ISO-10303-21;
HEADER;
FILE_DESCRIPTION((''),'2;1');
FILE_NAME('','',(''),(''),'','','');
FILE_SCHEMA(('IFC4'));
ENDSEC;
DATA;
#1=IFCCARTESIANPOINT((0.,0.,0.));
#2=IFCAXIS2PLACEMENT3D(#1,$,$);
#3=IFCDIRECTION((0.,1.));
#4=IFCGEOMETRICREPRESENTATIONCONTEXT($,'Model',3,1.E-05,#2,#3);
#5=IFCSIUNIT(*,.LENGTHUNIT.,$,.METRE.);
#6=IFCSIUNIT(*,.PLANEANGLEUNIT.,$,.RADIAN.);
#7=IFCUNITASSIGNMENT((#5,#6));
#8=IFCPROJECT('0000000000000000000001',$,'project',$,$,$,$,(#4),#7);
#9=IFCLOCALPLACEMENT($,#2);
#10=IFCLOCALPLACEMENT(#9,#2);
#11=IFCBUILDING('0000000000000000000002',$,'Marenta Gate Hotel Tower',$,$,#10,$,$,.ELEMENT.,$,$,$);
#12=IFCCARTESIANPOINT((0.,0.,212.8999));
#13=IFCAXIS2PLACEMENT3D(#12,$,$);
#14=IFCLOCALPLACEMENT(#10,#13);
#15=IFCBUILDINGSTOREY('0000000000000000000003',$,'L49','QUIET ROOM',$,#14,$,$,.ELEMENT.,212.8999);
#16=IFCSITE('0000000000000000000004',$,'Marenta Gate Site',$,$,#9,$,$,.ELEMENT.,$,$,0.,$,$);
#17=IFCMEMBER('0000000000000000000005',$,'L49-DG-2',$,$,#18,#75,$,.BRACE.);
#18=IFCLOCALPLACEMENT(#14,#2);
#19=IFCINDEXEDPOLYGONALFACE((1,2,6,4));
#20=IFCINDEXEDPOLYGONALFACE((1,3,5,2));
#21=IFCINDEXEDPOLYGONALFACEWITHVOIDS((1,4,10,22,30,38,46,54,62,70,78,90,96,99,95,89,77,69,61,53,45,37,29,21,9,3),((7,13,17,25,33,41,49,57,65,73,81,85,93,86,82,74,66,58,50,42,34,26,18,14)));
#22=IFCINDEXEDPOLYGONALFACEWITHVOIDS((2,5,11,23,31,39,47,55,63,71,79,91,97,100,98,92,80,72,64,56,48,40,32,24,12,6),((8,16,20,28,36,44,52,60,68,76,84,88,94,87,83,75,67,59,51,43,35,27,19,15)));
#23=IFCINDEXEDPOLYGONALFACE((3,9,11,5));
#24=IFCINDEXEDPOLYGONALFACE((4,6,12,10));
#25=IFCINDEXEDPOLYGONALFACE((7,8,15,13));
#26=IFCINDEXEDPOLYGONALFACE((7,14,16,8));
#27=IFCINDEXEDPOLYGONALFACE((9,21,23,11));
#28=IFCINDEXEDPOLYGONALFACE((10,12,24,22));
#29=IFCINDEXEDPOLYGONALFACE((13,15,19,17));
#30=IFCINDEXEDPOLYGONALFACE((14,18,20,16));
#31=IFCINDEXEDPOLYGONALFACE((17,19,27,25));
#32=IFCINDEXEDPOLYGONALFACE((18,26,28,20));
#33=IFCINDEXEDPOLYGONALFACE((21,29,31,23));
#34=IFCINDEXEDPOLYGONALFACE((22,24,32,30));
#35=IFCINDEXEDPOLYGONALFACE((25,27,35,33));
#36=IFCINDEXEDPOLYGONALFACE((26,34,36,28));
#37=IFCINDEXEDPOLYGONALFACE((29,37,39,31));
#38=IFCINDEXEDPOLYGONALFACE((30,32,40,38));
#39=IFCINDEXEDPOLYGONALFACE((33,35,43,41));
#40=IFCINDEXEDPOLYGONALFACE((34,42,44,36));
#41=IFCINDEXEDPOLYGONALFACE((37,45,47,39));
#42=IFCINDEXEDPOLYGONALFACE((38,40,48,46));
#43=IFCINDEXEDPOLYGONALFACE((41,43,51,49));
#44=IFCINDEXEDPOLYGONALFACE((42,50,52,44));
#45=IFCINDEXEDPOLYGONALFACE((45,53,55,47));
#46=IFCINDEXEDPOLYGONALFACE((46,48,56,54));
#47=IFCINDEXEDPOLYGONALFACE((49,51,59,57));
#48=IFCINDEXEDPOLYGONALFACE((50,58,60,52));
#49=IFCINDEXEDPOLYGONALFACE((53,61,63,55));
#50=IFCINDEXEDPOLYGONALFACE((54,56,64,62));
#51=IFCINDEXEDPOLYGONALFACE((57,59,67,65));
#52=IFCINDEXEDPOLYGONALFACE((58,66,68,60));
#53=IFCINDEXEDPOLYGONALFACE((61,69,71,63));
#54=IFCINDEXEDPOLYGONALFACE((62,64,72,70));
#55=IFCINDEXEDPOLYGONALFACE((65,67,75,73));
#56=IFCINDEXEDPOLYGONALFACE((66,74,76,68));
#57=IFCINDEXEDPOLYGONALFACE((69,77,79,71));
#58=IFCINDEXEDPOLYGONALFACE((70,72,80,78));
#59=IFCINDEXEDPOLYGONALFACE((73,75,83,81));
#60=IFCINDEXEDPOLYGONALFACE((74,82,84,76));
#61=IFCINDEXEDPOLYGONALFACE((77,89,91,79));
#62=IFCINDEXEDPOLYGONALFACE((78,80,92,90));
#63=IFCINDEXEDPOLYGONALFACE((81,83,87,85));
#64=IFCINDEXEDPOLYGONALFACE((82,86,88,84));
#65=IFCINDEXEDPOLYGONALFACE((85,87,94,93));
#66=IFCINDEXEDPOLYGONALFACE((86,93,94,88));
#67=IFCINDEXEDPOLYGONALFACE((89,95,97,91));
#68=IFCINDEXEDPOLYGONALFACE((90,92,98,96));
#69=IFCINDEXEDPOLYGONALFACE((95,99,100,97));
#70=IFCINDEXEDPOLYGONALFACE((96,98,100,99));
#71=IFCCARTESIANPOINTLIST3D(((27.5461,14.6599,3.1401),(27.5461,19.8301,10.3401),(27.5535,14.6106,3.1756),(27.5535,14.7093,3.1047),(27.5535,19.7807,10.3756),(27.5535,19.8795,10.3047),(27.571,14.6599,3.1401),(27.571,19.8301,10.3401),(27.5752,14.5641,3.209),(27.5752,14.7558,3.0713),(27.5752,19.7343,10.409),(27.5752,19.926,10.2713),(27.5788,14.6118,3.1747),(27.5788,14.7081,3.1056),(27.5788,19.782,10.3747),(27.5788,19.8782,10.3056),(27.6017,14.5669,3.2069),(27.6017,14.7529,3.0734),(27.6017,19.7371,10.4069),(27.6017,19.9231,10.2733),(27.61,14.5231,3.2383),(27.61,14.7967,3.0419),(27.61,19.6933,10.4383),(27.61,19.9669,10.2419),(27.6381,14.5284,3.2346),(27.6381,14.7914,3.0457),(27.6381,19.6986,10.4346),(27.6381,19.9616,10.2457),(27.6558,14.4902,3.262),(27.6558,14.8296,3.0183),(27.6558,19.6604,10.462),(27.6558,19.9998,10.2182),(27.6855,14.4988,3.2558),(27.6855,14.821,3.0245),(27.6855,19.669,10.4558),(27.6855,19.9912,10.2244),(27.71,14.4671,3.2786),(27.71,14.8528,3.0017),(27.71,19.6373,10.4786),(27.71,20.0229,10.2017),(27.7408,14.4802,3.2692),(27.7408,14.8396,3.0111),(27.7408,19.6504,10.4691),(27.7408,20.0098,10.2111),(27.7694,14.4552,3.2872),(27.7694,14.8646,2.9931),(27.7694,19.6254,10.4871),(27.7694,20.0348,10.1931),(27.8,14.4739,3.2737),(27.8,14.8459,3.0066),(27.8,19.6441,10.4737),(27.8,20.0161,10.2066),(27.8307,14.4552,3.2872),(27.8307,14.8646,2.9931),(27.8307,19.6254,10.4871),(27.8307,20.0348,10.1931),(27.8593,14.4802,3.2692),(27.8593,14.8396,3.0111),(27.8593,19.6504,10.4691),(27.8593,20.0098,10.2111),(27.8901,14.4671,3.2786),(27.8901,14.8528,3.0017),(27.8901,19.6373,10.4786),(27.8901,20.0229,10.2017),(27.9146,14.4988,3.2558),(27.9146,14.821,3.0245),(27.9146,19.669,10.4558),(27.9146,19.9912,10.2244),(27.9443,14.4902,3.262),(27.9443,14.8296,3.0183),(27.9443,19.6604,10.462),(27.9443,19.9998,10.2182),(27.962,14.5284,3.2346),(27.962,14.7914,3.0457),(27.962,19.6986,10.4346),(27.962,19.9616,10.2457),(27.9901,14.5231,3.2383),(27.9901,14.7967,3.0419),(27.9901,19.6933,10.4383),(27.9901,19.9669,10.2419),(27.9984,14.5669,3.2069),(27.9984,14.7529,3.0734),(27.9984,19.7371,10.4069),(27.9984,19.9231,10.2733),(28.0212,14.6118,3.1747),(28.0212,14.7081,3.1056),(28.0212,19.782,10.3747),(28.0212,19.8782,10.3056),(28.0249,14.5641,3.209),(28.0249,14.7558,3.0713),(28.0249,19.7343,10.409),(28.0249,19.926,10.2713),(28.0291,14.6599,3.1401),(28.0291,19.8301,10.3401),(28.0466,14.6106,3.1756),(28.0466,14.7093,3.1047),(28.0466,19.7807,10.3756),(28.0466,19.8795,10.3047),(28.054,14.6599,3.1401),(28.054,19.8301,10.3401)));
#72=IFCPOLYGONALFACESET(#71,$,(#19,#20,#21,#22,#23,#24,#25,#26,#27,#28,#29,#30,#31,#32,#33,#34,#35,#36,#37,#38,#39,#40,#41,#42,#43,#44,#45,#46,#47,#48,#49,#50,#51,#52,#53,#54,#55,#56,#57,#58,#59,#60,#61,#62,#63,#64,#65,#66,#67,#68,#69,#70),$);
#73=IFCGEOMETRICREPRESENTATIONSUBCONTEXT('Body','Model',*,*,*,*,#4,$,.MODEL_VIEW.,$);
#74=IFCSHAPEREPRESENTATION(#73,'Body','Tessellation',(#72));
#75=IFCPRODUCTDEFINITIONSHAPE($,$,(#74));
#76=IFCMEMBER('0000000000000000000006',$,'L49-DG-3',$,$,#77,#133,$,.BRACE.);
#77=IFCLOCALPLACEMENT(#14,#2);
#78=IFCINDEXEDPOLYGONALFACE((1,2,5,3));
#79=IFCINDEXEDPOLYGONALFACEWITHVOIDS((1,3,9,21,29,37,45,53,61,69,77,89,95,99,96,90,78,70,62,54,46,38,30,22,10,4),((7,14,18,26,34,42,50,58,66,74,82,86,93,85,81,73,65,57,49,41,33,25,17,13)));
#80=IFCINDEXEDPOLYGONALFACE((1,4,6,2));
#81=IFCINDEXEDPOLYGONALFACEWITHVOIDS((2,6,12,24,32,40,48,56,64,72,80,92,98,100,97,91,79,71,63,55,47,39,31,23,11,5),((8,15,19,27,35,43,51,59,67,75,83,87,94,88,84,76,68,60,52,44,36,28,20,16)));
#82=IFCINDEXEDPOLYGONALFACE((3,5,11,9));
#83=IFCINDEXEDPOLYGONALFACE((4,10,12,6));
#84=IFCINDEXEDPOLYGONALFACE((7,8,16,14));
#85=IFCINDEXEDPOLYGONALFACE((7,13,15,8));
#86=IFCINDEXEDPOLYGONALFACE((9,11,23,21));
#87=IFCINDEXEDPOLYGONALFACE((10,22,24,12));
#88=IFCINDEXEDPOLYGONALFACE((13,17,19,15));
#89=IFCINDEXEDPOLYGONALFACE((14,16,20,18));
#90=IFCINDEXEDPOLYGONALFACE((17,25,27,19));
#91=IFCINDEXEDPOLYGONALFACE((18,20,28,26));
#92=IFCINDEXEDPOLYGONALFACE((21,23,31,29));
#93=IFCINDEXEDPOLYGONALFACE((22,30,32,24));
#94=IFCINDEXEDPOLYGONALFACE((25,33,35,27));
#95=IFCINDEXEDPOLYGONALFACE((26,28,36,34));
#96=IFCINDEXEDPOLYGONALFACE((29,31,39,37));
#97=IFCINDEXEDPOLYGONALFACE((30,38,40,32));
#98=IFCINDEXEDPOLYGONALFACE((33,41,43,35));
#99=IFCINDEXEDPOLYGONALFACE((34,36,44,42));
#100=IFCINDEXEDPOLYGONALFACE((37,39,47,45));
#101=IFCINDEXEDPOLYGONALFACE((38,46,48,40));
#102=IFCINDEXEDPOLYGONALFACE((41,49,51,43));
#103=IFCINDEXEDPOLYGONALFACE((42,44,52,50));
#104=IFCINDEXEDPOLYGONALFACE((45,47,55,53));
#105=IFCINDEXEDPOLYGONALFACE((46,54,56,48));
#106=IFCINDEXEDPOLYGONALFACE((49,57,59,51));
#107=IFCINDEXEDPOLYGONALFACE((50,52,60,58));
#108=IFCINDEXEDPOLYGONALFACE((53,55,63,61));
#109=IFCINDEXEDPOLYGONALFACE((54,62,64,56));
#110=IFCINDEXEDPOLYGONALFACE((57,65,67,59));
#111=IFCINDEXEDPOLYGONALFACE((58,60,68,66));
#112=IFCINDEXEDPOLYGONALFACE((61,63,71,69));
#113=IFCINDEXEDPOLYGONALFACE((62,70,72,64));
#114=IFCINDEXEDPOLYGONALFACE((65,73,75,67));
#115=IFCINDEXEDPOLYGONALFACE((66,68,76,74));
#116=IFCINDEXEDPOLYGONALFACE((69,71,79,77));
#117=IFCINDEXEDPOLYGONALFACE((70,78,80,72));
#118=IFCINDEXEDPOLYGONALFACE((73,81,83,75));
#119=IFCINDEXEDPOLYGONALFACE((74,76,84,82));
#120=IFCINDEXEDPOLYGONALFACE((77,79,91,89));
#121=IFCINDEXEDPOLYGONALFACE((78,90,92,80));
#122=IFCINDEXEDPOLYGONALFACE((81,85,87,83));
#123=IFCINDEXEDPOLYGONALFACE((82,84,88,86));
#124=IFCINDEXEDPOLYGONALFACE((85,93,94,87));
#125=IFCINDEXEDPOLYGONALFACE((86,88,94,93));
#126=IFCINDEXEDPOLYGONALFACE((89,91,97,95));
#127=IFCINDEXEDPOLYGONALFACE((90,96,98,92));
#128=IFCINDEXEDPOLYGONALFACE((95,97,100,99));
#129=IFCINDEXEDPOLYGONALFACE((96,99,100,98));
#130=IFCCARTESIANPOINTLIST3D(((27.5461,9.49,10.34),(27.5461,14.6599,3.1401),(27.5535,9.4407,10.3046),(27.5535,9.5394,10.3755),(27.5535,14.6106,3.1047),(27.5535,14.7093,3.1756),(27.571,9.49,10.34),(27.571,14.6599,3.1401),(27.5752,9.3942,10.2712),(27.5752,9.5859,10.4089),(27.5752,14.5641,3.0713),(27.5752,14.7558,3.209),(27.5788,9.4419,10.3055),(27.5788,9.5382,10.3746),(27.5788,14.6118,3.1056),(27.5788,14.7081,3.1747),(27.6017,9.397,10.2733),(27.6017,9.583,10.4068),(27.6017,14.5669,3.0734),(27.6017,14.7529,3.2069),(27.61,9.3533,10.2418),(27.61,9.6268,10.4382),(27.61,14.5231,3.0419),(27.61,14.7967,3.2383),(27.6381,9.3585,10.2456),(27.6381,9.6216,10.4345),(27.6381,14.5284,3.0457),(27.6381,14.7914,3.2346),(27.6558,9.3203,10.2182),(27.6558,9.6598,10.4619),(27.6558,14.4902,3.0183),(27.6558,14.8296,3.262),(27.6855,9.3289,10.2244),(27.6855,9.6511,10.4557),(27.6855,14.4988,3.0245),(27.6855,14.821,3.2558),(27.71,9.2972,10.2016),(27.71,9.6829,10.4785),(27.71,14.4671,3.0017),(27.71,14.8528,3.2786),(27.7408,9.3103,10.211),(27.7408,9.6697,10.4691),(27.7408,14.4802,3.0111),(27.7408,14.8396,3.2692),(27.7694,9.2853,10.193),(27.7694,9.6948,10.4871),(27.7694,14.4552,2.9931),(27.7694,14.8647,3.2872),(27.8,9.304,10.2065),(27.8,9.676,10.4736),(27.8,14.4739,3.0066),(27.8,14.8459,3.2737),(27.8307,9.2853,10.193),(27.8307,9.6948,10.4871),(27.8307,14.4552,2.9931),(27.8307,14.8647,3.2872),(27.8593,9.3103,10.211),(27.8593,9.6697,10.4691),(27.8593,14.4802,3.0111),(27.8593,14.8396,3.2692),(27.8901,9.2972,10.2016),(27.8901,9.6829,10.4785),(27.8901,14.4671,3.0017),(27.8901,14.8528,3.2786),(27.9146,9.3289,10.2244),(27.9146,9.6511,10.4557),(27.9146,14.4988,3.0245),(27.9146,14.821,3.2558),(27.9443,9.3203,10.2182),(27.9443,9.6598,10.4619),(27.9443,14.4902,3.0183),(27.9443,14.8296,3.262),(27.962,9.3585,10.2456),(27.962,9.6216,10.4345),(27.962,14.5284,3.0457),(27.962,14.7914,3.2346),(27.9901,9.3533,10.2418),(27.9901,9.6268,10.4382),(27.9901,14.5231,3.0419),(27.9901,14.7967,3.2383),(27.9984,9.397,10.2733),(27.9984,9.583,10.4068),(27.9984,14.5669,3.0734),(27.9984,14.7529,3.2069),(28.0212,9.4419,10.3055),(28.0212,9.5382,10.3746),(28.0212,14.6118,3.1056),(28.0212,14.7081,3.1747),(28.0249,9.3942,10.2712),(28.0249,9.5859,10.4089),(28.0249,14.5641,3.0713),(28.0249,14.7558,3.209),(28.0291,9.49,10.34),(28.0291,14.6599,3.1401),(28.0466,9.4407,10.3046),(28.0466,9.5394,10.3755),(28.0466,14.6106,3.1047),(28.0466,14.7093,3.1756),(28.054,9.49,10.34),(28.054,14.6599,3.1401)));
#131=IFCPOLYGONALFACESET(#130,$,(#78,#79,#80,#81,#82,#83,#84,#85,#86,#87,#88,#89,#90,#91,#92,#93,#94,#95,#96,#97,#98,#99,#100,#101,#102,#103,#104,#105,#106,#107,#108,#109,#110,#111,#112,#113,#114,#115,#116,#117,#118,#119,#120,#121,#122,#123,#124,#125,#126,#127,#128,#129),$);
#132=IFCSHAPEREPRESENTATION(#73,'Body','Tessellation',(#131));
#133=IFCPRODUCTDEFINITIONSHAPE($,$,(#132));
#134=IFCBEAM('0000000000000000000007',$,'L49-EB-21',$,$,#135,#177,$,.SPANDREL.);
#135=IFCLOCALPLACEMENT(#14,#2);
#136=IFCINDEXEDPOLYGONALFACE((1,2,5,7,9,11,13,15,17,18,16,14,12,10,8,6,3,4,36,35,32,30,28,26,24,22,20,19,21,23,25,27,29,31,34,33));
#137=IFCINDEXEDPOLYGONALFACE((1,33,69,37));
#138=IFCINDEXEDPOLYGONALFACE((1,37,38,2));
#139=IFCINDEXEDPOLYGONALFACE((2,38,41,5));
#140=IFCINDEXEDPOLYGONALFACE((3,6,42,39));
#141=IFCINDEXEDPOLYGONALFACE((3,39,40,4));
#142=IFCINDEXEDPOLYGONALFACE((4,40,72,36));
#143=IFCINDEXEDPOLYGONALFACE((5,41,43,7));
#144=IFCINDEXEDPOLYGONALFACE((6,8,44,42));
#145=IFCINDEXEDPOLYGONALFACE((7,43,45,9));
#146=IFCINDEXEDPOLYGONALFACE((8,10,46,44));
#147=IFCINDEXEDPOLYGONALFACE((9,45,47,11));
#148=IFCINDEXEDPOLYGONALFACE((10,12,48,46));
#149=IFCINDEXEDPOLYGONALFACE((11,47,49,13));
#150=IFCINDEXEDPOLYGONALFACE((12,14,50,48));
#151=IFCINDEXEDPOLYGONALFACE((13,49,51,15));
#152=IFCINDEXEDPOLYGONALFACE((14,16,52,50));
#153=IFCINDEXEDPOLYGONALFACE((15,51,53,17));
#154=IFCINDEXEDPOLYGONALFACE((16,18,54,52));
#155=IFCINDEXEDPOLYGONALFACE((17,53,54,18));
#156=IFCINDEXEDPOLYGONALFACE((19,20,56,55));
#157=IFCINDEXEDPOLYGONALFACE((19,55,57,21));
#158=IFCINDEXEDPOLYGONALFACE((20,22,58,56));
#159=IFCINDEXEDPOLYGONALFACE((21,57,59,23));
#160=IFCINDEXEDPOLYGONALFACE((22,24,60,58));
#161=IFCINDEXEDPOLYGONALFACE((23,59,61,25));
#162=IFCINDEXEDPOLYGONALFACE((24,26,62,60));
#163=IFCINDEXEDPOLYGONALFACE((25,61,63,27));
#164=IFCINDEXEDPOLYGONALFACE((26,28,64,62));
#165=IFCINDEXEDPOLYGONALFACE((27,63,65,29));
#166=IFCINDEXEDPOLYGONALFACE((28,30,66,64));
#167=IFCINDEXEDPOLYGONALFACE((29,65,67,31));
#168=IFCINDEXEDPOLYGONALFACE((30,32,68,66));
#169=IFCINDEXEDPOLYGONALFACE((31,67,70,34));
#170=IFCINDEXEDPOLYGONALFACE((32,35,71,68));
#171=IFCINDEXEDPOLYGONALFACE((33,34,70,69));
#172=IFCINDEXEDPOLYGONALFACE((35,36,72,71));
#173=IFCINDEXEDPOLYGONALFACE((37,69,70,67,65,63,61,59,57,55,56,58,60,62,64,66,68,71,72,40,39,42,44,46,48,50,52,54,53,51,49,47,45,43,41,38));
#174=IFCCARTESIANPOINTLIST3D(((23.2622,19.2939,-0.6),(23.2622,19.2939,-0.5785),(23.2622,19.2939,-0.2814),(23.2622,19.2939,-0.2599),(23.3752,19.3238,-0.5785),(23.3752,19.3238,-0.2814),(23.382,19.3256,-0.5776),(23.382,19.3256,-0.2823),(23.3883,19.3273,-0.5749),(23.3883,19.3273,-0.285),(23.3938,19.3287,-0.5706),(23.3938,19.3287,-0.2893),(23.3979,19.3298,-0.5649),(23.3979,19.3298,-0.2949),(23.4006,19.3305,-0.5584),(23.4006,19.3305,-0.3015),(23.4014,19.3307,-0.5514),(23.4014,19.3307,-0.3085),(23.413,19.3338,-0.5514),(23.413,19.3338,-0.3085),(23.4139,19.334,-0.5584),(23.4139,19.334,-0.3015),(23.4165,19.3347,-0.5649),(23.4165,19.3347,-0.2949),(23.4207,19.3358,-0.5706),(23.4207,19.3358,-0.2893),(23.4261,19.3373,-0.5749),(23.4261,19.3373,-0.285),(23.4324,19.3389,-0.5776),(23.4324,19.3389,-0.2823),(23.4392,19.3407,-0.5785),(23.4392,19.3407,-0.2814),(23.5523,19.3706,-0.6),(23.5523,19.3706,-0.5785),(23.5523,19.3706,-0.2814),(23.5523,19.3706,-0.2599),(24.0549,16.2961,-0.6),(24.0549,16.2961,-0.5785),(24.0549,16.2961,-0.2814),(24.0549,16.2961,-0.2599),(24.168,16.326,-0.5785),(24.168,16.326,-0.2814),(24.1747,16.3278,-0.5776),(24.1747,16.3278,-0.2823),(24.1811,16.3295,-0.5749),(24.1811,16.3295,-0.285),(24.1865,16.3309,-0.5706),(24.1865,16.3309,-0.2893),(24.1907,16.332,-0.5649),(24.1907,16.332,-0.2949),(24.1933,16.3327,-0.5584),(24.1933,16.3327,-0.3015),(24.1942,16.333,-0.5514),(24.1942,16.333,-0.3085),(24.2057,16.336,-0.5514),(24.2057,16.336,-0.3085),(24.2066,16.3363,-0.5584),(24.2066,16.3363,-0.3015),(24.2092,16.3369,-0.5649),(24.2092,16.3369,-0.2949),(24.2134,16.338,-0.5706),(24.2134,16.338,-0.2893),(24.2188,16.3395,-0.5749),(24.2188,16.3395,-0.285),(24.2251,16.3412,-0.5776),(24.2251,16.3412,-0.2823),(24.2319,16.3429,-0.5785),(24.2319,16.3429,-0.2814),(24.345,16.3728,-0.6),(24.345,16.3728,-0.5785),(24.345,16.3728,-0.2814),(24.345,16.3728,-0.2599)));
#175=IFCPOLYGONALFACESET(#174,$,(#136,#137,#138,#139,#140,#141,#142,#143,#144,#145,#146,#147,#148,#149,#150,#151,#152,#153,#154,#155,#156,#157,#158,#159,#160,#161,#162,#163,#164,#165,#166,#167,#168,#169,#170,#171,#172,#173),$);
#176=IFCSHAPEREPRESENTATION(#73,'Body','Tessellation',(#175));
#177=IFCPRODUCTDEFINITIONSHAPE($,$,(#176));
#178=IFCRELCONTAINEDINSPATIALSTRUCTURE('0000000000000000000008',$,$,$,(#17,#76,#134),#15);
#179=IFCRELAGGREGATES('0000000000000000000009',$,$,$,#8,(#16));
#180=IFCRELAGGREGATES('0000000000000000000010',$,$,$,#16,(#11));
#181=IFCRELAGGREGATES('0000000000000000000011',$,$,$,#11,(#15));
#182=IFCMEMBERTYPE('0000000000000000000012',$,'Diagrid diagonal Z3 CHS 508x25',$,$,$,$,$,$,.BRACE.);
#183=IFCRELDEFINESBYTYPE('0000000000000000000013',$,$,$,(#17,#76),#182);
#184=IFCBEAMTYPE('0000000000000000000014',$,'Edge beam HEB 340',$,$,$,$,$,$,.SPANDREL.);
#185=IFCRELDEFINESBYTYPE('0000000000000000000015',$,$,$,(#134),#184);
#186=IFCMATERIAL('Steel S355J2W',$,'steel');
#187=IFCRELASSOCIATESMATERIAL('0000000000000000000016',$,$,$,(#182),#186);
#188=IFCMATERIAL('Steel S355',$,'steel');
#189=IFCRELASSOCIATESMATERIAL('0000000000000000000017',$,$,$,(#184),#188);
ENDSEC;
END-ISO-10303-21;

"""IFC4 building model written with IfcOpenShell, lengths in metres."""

from ifc_helpers import new_model, si_unit, direction, frame, origin, origin_2d, place, context, subcontext, project, spatial, hollow_circle, i_section, extrude, material, material_profile, profile_set, type_object, element, save


model = new_model("IFC4")

# Units and contexts
model_context = context("Model", 3, precision=1e-05, world=origin(), true_north=direction((0.0, 1.0)))
body_context = subcontext(model_context, "Body", "Model", "MODEL_VIEW")
ifc_project = project(units=[si_unit("LENGTHUNIT", "METRE"), si_unit("PLANEANGLEUNIT", "RADIAN")], contexts=[model_context])

# Site, building, storey
site_placement = place(None, origin())
site = spatial("IfcSite", under=ifc_project, at=site_placement, Name="Marenta Gate Site", CompositionType="ELEMENT", RefElevation=0.0)
building_placement = place(site_placement, origin())
building = spatial("IfcBuilding", under=site, at=building_placement, Name="Marenta Gate Hotel Tower", CompositionType="ELEMENT")
storey_placement = place(building_placement, frame((0.0, 0.0, 212.8999)))
storey = spatial("IfcBuildingStorey", under=building, at=storey_placement, Name="L49", Description="QUIET ROOM", CompositionType="ELEMENT", Elevation=212.8999)

# Members
ifc_material_1 = material(Name="Steel S355J2W", Category="steel")
ifc_material_profile_1 = material_profile(ifc_material_1, hollow_circle(Radius=0.2539, WallThickness=0.0249, at=origin_2d()), Name="CHS 508x25")
ifc_profile_set_1 = profile_set([ifc_material_profile_1], Name="Steel S355J2W")
member_type_1 = type_object("IfcMemberType", Name="Diagrid diagonal Z3 CHS 508x25", PredefinedType="BRACE", material=ifc_profile_set_1)
member_1_placement = place(storey_placement, frame((27.8, 14.6599, 3.1401), z_axis=(0.0, 0.583279, 0.812272), x_axis=(-1.0, 0.0, 0.0)))
element("IfcMember", 1, at=member_1_placement, inside=storey, type_object=member_type_1, Name="L49-DG-2", PredefinedType="BRACE", context=body_context, shape_type="SweptSolid", body=[
    extrude(hollow_circle(Radius=0.2539, WallThickness=0.0249, at=origin_2d()), origin(), (0.0, 0.0, 1.0), 8.864),
])
member_2_placement = place(storey_placement, frame((27.8, 14.6599, 3.1401), z_axis=(0.0, -0.583261, 0.812285), x_axis=(1.0, 0.0, 0.0)))
element("IfcMember", 2, at=member_2_placement, inside=storey, type_object=member_type_1, Name="L49-DG-3", PredefinedType="BRACE", context=body_context, shape_type="SweptSolid", body=[
    extrude(hollow_circle(Radius=0.2539, WallThickness=0.0249, at=origin_2d()), origin(), (0.0, 0.0, 1.0), 8.8638),
])

# Beam
ifc_material_2 = material(Name="Steel S355", Category="steel")
ifc_material_profile_2 = material_profile(ifc_material_2, i_section(OverallWidth=0.3, OverallDepth=0.3401, WebThickness=0.012, FlangeThickness=0.0215, FilletRadius=0.0271, at=origin_2d()), Name="HEB 340")
ifc_profile_set_2 = profile_set([ifc_material_profile_2], Name="Steel S355")
beam_type = type_object("IfcBeamType", Name="Edge beam HEB 340", PredefinedType="SPANDREL", material=ifc_profile_set_2)
beam_1_placement = place(storey_placement, frame((23.4072, 19.3323, -0.4299), z_axis=(0.255648, -0.96677, 0.0), x_axis=(0.96677, 0.255648, 0.0)))
element("IfcBeam", 3, at=beam_1_placement, inside=storey, type_object=beam_type, Name="L49-EB-21", PredefinedType="SPANDREL", context=body_context, shape_type="SweptSolid", body=[
    extrude(i_section(OverallWidth=0.3, OverallDepth=0.3401, WebThickness=0.012, FlangeThickness=0.0215, FilletRadius=0.0271, at=origin_2d()), origin(), (0.0, 0.0, 1.0), 3.1008),
])

save(model, "model.ifc")
